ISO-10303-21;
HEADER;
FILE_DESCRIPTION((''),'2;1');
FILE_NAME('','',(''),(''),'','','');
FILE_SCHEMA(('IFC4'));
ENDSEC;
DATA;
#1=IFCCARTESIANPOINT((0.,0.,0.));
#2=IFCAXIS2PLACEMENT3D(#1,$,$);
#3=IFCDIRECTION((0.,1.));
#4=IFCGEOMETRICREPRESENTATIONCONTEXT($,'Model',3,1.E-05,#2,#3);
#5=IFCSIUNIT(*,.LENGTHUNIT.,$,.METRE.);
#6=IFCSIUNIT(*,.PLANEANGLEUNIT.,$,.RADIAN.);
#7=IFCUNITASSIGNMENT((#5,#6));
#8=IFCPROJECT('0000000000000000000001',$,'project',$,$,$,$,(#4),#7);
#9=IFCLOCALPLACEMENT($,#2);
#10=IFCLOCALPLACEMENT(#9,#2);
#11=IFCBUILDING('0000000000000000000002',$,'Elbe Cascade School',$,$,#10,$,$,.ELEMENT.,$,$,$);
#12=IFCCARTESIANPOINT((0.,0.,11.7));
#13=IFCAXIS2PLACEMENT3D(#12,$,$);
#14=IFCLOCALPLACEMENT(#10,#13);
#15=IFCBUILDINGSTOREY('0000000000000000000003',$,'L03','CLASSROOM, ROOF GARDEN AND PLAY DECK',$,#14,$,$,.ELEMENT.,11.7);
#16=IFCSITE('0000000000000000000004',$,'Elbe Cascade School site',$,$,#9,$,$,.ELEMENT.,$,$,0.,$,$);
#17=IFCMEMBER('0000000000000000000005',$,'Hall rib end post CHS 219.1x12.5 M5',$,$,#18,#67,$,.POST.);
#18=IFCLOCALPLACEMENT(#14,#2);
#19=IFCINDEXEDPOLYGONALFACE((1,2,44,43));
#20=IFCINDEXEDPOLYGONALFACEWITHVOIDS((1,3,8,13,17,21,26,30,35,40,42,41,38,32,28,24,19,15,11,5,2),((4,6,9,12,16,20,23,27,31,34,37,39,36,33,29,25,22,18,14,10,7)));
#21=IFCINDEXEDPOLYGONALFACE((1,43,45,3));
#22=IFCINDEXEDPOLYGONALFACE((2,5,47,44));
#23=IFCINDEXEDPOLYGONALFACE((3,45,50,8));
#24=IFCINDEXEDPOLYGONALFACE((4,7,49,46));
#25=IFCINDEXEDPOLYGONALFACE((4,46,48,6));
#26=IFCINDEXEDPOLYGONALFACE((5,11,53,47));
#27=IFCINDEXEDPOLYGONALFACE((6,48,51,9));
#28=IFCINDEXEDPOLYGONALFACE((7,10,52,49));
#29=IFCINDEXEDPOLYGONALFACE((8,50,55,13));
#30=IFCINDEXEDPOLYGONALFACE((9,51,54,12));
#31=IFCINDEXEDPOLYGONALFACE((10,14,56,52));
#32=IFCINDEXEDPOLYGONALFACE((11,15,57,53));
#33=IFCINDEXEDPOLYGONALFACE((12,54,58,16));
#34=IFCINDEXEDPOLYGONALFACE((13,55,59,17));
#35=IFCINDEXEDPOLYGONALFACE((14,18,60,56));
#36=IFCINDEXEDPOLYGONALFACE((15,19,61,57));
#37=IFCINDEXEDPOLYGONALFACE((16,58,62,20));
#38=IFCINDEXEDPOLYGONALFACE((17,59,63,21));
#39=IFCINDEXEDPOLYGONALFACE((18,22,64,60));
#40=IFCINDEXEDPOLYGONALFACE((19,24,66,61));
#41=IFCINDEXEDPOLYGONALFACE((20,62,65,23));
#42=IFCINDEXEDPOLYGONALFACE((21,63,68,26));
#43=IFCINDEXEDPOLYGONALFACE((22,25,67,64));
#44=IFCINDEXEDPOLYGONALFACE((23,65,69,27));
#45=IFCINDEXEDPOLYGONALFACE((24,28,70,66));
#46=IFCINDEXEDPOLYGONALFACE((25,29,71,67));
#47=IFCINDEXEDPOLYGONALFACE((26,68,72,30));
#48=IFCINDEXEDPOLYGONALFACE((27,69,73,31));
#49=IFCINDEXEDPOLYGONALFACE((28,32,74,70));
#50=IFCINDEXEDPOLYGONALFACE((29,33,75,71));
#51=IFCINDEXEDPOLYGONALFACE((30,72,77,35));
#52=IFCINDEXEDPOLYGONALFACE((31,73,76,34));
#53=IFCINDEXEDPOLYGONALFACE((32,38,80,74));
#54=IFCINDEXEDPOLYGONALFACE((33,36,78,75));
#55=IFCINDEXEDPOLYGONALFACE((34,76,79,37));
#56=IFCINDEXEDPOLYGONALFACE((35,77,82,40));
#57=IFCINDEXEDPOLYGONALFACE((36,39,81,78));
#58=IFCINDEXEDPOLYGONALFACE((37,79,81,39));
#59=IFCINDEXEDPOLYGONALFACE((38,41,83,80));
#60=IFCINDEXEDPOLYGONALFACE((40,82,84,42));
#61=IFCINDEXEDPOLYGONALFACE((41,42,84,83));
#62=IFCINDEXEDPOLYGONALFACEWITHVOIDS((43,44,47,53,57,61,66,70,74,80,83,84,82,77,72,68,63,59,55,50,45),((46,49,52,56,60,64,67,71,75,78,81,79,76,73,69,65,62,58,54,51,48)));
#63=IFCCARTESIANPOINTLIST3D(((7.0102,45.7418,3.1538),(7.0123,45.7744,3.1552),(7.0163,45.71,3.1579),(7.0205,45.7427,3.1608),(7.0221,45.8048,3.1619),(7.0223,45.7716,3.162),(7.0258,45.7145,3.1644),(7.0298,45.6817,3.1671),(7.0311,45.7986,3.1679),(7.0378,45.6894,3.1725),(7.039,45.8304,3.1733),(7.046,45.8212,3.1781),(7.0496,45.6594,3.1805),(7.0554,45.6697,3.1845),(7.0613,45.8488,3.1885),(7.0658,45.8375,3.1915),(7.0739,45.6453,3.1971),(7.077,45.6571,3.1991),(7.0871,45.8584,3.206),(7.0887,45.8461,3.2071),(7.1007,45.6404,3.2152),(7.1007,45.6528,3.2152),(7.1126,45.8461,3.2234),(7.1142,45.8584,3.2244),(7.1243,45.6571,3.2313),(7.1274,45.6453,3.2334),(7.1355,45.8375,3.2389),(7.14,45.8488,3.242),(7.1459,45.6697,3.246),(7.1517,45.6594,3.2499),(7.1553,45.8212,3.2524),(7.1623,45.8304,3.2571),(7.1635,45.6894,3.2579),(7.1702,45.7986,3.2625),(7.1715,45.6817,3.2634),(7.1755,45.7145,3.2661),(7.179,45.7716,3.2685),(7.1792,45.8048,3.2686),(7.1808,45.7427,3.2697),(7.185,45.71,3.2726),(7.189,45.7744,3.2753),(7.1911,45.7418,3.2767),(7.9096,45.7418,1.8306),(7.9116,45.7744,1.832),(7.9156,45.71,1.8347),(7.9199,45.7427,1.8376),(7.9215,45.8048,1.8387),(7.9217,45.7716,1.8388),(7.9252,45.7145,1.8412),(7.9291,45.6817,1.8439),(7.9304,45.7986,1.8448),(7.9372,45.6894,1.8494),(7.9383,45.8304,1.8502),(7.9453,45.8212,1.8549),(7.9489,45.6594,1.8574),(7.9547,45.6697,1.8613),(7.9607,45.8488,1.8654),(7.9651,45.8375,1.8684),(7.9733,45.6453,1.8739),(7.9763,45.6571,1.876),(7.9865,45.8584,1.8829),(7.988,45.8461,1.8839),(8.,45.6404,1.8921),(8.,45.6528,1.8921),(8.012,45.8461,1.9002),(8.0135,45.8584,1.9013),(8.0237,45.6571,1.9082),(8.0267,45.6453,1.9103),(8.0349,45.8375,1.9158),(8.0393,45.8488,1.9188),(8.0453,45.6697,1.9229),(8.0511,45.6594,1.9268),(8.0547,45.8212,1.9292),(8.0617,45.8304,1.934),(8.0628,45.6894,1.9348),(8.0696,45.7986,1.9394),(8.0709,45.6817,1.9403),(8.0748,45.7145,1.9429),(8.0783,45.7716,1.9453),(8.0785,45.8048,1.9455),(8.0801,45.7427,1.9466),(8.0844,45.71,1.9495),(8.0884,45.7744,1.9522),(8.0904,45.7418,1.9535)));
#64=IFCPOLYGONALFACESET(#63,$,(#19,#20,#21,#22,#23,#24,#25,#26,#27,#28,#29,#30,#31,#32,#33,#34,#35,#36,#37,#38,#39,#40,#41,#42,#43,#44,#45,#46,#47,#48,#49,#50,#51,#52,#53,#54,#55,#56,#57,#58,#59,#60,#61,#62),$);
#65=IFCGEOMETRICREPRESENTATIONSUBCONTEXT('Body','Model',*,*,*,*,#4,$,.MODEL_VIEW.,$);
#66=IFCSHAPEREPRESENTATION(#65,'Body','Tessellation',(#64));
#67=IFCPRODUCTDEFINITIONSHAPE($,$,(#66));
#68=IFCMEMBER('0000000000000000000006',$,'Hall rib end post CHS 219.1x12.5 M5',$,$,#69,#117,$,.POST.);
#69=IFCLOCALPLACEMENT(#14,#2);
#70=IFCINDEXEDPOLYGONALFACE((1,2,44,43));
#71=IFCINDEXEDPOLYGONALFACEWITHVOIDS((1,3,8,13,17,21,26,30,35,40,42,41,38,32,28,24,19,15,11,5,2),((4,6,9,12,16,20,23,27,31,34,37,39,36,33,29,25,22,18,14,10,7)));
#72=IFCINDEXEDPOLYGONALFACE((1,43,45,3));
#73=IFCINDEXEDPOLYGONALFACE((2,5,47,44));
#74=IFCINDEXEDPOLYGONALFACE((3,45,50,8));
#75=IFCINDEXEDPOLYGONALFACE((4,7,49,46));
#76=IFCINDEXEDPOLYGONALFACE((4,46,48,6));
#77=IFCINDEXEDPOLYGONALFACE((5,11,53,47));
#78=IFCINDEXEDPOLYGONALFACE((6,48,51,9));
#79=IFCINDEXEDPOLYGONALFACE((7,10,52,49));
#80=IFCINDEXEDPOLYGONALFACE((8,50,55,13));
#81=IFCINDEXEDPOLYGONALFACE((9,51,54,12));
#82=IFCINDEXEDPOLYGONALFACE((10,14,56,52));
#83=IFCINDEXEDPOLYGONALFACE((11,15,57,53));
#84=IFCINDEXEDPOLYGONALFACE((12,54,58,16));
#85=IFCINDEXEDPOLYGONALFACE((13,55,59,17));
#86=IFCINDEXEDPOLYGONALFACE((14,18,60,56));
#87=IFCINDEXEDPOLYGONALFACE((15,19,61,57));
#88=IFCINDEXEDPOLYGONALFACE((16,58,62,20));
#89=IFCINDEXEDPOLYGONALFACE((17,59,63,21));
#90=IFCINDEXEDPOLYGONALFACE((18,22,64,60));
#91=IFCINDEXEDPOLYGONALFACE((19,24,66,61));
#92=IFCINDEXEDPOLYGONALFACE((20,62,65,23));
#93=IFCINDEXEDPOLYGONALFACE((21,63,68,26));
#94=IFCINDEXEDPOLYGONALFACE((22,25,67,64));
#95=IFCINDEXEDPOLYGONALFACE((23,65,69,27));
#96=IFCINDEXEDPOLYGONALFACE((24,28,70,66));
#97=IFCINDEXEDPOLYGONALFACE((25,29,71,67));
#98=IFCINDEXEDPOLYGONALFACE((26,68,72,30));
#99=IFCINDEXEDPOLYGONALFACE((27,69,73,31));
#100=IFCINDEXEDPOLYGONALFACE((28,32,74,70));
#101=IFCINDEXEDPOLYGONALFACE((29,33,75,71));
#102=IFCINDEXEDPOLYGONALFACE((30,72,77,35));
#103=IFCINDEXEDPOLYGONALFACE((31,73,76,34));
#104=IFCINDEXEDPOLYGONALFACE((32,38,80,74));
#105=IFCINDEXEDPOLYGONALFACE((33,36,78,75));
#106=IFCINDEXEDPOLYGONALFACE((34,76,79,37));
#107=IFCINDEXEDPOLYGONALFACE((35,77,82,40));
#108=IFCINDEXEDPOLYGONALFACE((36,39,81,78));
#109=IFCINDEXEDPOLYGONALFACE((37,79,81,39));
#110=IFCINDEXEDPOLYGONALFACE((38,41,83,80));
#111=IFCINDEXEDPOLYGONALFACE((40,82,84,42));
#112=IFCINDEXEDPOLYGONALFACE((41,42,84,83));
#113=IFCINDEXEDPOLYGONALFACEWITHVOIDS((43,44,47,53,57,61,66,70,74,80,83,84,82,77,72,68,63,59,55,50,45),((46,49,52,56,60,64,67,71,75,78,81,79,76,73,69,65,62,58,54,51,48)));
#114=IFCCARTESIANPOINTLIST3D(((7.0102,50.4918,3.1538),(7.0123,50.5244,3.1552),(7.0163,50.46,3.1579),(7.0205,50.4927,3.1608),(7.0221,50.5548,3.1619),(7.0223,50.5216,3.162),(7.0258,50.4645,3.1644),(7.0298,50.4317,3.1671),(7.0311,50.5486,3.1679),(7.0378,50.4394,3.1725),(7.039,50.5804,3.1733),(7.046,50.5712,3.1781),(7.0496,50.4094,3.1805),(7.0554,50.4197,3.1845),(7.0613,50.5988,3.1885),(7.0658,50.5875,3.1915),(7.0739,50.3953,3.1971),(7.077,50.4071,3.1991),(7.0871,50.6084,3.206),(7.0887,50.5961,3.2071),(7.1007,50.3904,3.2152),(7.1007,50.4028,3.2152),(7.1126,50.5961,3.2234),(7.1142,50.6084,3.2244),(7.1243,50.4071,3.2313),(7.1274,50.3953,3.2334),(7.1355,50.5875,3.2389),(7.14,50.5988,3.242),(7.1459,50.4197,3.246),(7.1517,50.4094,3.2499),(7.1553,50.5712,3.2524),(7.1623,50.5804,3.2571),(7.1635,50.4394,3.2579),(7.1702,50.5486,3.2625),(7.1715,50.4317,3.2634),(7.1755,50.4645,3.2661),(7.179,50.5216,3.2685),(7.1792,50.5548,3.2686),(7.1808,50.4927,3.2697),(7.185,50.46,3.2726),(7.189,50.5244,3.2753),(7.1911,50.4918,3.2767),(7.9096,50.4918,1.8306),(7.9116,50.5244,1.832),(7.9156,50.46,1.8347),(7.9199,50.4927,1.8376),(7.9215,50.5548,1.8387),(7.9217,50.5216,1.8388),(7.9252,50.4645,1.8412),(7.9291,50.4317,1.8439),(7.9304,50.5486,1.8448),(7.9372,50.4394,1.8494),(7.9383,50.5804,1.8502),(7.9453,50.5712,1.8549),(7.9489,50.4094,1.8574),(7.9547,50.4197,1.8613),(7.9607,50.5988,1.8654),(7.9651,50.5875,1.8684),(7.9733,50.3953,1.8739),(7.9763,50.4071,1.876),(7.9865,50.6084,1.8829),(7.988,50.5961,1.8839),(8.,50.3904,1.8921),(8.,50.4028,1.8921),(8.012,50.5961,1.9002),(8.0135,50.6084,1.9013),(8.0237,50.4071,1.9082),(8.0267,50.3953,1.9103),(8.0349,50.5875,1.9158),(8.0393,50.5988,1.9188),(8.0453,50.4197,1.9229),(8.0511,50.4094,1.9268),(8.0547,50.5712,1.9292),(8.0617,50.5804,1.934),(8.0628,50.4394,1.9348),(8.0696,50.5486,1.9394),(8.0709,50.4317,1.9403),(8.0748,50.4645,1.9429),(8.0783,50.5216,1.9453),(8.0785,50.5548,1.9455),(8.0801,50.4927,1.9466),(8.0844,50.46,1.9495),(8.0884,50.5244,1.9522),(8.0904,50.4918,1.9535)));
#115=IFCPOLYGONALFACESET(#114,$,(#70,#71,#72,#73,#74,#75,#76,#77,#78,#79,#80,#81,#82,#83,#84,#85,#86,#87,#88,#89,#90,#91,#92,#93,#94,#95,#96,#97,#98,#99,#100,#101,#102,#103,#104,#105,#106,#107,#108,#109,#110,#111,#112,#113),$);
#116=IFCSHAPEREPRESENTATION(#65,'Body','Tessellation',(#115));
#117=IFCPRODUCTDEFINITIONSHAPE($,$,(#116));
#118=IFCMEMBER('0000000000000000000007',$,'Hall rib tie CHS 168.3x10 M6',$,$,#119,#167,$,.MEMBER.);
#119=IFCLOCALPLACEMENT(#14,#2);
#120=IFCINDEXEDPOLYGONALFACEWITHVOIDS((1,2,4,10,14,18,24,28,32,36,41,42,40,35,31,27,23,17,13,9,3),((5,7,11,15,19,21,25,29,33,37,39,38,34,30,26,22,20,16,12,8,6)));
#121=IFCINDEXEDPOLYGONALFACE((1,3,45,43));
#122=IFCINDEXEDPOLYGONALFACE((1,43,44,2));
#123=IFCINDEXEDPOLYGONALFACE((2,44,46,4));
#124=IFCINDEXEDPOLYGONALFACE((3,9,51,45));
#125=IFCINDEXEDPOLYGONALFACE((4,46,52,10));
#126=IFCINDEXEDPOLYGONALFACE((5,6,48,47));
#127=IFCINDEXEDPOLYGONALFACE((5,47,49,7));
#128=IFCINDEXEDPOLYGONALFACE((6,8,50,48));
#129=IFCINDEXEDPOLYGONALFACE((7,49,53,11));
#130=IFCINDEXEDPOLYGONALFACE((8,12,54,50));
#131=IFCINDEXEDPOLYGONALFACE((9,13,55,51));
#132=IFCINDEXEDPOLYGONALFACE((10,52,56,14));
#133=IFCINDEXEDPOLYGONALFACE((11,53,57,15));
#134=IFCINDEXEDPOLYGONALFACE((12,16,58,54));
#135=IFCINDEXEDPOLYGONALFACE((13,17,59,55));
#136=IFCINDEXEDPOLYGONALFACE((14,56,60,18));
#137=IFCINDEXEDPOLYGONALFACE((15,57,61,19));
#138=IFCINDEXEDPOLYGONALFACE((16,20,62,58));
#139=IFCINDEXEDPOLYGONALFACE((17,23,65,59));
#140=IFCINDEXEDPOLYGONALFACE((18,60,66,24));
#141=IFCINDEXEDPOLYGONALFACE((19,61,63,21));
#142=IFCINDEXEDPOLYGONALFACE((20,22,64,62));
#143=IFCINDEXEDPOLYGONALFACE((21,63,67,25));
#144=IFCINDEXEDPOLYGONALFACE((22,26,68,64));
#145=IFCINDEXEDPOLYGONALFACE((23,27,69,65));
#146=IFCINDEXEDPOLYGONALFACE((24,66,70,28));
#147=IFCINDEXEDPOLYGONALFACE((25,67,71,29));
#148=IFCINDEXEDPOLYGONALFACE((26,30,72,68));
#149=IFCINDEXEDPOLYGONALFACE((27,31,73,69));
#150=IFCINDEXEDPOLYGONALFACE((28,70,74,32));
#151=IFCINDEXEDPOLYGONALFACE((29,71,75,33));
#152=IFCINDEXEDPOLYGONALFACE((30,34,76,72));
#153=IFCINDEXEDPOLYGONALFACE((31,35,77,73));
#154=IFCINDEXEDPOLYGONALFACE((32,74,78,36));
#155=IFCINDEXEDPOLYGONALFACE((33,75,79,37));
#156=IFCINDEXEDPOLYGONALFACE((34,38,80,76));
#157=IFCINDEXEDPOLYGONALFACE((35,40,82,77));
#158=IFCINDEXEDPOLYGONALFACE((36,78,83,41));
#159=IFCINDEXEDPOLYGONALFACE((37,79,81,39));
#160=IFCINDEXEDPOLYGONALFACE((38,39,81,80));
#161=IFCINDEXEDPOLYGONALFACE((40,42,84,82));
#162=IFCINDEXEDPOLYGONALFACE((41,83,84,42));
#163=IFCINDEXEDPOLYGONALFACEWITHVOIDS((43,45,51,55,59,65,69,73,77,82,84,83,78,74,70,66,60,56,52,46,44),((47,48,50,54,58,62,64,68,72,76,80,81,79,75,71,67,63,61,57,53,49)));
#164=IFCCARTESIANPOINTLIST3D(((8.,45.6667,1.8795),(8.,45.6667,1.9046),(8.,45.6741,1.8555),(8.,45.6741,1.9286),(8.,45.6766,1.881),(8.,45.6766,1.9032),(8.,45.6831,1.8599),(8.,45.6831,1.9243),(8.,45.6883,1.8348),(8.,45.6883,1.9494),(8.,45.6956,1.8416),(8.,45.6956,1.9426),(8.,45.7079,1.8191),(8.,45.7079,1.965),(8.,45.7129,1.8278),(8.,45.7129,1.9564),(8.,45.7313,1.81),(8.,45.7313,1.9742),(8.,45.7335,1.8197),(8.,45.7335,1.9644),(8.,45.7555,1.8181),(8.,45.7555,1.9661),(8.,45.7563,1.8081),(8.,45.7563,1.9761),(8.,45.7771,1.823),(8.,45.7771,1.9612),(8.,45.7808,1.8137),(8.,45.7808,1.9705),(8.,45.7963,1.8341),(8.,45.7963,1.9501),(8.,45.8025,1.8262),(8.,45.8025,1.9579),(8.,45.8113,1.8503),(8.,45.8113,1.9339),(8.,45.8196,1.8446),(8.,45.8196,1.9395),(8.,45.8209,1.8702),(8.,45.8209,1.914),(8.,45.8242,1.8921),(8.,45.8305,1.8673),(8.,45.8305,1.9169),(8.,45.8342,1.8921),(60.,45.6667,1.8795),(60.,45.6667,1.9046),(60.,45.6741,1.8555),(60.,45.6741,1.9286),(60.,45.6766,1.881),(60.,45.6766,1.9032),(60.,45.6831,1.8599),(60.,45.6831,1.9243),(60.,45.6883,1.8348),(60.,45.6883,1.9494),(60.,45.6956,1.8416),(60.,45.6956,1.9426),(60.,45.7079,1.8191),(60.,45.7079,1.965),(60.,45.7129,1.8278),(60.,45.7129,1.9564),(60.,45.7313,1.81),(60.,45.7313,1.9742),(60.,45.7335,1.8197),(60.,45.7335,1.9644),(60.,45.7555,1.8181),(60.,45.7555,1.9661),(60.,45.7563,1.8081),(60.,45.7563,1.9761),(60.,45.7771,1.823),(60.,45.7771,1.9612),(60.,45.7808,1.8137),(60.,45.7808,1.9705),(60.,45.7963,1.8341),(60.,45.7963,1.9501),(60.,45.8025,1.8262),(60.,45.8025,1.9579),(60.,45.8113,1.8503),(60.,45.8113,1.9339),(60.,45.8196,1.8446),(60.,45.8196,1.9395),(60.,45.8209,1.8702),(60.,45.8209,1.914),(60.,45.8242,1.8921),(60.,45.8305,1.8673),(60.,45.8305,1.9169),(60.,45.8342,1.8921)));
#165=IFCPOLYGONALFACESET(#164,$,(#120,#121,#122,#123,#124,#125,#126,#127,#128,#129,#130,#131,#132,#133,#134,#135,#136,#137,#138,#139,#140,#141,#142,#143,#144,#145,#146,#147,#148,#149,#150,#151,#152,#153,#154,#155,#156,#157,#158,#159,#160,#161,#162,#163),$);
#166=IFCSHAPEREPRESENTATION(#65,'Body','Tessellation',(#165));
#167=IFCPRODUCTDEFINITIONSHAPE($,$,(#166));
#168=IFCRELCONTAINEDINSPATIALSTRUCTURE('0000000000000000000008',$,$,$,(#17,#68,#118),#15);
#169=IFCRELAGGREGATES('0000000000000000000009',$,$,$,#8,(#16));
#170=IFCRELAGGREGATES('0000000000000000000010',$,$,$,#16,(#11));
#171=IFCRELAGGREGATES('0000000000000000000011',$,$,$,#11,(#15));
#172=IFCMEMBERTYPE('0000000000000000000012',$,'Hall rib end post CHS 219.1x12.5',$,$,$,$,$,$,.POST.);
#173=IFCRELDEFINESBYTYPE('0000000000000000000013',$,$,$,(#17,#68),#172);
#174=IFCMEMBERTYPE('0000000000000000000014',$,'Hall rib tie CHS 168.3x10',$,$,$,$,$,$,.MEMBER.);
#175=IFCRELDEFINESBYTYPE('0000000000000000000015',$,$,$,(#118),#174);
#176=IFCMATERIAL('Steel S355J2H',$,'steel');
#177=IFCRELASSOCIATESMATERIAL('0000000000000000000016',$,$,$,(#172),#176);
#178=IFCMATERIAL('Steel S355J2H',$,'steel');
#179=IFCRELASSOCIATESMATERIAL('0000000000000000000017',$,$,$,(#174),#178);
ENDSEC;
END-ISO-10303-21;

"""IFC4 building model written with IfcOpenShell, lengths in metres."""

from ifc_helpers import new_model, si_unit, direction, frame, origin, origin_2d, place, context, subcontext, project, spatial, hollow_circle, extrude, material, material_profile, profile_set, type_object, element, save


model = new_model("IFC4")

# Units and contexts
model_context = context("Model", 3, precision=1e-05, world=origin(), true_north=direction((0.0, 1.0)))
body_context = subcontext(model_context, "Body", "Model", "MODEL_VIEW")
ifc_project = project(units=[si_unit("LENGTHUNIT", "METRE"), si_unit("PLANEANGLEUNIT", "RADIAN")], contexts=[model_context])

# Site, building, storey
site_placement = place(None, origin())
site = spatial("IfcSite", under=ifc_project, at=site_placement, Name="Elbe Cascade School site", CompositionType="ELEMENT", RefElevation=0.0)
building_placement = place(site_placement, origin())
building = spatial("IfcBuilding", under=site, at=building_placement, Name="Elbe Cascade School", CompositionType="ELEMENT")
storey_placement = place(building_placement, frame((0.0, 0.0, 11.7)))
storey = spatial("IfcBuildingStorey", under=building, at=storey_placement, Name="L03", Description="CLASSROOM, ROOF GARDEN AND PLAY DECK", CompositionType="ELEMENT", Elevation=11.7)

# Members
ifc_material_1 = material(Name="Steel S355J2H", Category="steel")
ifc_material_profile_1 = material_profile(ifc_material_1, hollow_circle(Radius=0.1096, WallThickness=0.0125, at=origin_2d()), Name="CHS 219.1x12.5")
ifc_profile_set_1 = profile_set([ifc_material_profile_1], Name="Steel S355J2H")
member_type_1 = type_object("IfcMemberType", Name="Hall rib end post CHS 219.1x12.5", PredefinedType="POST", material=ifc_profile_set_1)
for number, where, z_axis, x_axis, name in (
    (1, (8.0, 45.75, 1.8921), (-0.562143, 0.0, 0.82704), (0.0, -1.0, 0.0), "Hall rib end post CHS 219.1x12.5 M5"),
    (2, (8.0, 50.5, 1.8921), (-0.562143, 0.0, 0.82704), (0.0, -1.0, 0.0), "Hall rib end post CHS 219.1x12.5 M5"),
):
    element("IfcMember", number, at=place(storey_placement, frame(where, z_axis=z_axis, x_axis=x_axis)), inside=storey, type_object=member_type_1, Name=name, PredefinedType="POST", context=body_context, shape_type="SweptSolid", body=[
        extrude(hollow_circle(Radius=0.1096, WallThickness=0.0125, at=origin_2d()), origin(), (0.0, 0.0, 1.0), 1.5999),
    ])
ifc_material_2 = material(Name="Steel S355J2H", Category="steel")
ifc_material_profile_2 = material_profile(ifc_material_2, hollow_circle(Radius=0.0842, WallThickness=0.01, at=origin_2d()), Name="CHS 168.3x10")
ifc_profile_set_2 = profile_set([ifc_material_profile_2], Name="Steel S355J2H")
member_type_2 = type_object("IfcMemberType", Name="Hall rib tie CHS 168.3x10", PredefinedType="MEMBER", material=ifc_profile_set_2)
for number, where, z_axis, x_axis, name in (
    (3, (8.0, 45.75, 1.8921), (1.0, 0.0, 0.0), (0.0, 1.0, 0.0), "Hall rib tie CHS 168.3x10 M6"),
):
    element("IfcMember", number, at=place(storey_placement, frame(where, z_axis=z_axis, x_axis=x_axis)), inside=storey, type_object=member_type_2, Name=name, PredefinedType="MEMBER", context=body_context, shape_type="SweptSolid", body=[
        extrude(hollow_circle(Radius=0.0842, WallThickness=0.01, at=origin_2d()), origin(), (0.0, 0.0, 1.0), 52.0),
    ])

save(model, "model.ifc")
